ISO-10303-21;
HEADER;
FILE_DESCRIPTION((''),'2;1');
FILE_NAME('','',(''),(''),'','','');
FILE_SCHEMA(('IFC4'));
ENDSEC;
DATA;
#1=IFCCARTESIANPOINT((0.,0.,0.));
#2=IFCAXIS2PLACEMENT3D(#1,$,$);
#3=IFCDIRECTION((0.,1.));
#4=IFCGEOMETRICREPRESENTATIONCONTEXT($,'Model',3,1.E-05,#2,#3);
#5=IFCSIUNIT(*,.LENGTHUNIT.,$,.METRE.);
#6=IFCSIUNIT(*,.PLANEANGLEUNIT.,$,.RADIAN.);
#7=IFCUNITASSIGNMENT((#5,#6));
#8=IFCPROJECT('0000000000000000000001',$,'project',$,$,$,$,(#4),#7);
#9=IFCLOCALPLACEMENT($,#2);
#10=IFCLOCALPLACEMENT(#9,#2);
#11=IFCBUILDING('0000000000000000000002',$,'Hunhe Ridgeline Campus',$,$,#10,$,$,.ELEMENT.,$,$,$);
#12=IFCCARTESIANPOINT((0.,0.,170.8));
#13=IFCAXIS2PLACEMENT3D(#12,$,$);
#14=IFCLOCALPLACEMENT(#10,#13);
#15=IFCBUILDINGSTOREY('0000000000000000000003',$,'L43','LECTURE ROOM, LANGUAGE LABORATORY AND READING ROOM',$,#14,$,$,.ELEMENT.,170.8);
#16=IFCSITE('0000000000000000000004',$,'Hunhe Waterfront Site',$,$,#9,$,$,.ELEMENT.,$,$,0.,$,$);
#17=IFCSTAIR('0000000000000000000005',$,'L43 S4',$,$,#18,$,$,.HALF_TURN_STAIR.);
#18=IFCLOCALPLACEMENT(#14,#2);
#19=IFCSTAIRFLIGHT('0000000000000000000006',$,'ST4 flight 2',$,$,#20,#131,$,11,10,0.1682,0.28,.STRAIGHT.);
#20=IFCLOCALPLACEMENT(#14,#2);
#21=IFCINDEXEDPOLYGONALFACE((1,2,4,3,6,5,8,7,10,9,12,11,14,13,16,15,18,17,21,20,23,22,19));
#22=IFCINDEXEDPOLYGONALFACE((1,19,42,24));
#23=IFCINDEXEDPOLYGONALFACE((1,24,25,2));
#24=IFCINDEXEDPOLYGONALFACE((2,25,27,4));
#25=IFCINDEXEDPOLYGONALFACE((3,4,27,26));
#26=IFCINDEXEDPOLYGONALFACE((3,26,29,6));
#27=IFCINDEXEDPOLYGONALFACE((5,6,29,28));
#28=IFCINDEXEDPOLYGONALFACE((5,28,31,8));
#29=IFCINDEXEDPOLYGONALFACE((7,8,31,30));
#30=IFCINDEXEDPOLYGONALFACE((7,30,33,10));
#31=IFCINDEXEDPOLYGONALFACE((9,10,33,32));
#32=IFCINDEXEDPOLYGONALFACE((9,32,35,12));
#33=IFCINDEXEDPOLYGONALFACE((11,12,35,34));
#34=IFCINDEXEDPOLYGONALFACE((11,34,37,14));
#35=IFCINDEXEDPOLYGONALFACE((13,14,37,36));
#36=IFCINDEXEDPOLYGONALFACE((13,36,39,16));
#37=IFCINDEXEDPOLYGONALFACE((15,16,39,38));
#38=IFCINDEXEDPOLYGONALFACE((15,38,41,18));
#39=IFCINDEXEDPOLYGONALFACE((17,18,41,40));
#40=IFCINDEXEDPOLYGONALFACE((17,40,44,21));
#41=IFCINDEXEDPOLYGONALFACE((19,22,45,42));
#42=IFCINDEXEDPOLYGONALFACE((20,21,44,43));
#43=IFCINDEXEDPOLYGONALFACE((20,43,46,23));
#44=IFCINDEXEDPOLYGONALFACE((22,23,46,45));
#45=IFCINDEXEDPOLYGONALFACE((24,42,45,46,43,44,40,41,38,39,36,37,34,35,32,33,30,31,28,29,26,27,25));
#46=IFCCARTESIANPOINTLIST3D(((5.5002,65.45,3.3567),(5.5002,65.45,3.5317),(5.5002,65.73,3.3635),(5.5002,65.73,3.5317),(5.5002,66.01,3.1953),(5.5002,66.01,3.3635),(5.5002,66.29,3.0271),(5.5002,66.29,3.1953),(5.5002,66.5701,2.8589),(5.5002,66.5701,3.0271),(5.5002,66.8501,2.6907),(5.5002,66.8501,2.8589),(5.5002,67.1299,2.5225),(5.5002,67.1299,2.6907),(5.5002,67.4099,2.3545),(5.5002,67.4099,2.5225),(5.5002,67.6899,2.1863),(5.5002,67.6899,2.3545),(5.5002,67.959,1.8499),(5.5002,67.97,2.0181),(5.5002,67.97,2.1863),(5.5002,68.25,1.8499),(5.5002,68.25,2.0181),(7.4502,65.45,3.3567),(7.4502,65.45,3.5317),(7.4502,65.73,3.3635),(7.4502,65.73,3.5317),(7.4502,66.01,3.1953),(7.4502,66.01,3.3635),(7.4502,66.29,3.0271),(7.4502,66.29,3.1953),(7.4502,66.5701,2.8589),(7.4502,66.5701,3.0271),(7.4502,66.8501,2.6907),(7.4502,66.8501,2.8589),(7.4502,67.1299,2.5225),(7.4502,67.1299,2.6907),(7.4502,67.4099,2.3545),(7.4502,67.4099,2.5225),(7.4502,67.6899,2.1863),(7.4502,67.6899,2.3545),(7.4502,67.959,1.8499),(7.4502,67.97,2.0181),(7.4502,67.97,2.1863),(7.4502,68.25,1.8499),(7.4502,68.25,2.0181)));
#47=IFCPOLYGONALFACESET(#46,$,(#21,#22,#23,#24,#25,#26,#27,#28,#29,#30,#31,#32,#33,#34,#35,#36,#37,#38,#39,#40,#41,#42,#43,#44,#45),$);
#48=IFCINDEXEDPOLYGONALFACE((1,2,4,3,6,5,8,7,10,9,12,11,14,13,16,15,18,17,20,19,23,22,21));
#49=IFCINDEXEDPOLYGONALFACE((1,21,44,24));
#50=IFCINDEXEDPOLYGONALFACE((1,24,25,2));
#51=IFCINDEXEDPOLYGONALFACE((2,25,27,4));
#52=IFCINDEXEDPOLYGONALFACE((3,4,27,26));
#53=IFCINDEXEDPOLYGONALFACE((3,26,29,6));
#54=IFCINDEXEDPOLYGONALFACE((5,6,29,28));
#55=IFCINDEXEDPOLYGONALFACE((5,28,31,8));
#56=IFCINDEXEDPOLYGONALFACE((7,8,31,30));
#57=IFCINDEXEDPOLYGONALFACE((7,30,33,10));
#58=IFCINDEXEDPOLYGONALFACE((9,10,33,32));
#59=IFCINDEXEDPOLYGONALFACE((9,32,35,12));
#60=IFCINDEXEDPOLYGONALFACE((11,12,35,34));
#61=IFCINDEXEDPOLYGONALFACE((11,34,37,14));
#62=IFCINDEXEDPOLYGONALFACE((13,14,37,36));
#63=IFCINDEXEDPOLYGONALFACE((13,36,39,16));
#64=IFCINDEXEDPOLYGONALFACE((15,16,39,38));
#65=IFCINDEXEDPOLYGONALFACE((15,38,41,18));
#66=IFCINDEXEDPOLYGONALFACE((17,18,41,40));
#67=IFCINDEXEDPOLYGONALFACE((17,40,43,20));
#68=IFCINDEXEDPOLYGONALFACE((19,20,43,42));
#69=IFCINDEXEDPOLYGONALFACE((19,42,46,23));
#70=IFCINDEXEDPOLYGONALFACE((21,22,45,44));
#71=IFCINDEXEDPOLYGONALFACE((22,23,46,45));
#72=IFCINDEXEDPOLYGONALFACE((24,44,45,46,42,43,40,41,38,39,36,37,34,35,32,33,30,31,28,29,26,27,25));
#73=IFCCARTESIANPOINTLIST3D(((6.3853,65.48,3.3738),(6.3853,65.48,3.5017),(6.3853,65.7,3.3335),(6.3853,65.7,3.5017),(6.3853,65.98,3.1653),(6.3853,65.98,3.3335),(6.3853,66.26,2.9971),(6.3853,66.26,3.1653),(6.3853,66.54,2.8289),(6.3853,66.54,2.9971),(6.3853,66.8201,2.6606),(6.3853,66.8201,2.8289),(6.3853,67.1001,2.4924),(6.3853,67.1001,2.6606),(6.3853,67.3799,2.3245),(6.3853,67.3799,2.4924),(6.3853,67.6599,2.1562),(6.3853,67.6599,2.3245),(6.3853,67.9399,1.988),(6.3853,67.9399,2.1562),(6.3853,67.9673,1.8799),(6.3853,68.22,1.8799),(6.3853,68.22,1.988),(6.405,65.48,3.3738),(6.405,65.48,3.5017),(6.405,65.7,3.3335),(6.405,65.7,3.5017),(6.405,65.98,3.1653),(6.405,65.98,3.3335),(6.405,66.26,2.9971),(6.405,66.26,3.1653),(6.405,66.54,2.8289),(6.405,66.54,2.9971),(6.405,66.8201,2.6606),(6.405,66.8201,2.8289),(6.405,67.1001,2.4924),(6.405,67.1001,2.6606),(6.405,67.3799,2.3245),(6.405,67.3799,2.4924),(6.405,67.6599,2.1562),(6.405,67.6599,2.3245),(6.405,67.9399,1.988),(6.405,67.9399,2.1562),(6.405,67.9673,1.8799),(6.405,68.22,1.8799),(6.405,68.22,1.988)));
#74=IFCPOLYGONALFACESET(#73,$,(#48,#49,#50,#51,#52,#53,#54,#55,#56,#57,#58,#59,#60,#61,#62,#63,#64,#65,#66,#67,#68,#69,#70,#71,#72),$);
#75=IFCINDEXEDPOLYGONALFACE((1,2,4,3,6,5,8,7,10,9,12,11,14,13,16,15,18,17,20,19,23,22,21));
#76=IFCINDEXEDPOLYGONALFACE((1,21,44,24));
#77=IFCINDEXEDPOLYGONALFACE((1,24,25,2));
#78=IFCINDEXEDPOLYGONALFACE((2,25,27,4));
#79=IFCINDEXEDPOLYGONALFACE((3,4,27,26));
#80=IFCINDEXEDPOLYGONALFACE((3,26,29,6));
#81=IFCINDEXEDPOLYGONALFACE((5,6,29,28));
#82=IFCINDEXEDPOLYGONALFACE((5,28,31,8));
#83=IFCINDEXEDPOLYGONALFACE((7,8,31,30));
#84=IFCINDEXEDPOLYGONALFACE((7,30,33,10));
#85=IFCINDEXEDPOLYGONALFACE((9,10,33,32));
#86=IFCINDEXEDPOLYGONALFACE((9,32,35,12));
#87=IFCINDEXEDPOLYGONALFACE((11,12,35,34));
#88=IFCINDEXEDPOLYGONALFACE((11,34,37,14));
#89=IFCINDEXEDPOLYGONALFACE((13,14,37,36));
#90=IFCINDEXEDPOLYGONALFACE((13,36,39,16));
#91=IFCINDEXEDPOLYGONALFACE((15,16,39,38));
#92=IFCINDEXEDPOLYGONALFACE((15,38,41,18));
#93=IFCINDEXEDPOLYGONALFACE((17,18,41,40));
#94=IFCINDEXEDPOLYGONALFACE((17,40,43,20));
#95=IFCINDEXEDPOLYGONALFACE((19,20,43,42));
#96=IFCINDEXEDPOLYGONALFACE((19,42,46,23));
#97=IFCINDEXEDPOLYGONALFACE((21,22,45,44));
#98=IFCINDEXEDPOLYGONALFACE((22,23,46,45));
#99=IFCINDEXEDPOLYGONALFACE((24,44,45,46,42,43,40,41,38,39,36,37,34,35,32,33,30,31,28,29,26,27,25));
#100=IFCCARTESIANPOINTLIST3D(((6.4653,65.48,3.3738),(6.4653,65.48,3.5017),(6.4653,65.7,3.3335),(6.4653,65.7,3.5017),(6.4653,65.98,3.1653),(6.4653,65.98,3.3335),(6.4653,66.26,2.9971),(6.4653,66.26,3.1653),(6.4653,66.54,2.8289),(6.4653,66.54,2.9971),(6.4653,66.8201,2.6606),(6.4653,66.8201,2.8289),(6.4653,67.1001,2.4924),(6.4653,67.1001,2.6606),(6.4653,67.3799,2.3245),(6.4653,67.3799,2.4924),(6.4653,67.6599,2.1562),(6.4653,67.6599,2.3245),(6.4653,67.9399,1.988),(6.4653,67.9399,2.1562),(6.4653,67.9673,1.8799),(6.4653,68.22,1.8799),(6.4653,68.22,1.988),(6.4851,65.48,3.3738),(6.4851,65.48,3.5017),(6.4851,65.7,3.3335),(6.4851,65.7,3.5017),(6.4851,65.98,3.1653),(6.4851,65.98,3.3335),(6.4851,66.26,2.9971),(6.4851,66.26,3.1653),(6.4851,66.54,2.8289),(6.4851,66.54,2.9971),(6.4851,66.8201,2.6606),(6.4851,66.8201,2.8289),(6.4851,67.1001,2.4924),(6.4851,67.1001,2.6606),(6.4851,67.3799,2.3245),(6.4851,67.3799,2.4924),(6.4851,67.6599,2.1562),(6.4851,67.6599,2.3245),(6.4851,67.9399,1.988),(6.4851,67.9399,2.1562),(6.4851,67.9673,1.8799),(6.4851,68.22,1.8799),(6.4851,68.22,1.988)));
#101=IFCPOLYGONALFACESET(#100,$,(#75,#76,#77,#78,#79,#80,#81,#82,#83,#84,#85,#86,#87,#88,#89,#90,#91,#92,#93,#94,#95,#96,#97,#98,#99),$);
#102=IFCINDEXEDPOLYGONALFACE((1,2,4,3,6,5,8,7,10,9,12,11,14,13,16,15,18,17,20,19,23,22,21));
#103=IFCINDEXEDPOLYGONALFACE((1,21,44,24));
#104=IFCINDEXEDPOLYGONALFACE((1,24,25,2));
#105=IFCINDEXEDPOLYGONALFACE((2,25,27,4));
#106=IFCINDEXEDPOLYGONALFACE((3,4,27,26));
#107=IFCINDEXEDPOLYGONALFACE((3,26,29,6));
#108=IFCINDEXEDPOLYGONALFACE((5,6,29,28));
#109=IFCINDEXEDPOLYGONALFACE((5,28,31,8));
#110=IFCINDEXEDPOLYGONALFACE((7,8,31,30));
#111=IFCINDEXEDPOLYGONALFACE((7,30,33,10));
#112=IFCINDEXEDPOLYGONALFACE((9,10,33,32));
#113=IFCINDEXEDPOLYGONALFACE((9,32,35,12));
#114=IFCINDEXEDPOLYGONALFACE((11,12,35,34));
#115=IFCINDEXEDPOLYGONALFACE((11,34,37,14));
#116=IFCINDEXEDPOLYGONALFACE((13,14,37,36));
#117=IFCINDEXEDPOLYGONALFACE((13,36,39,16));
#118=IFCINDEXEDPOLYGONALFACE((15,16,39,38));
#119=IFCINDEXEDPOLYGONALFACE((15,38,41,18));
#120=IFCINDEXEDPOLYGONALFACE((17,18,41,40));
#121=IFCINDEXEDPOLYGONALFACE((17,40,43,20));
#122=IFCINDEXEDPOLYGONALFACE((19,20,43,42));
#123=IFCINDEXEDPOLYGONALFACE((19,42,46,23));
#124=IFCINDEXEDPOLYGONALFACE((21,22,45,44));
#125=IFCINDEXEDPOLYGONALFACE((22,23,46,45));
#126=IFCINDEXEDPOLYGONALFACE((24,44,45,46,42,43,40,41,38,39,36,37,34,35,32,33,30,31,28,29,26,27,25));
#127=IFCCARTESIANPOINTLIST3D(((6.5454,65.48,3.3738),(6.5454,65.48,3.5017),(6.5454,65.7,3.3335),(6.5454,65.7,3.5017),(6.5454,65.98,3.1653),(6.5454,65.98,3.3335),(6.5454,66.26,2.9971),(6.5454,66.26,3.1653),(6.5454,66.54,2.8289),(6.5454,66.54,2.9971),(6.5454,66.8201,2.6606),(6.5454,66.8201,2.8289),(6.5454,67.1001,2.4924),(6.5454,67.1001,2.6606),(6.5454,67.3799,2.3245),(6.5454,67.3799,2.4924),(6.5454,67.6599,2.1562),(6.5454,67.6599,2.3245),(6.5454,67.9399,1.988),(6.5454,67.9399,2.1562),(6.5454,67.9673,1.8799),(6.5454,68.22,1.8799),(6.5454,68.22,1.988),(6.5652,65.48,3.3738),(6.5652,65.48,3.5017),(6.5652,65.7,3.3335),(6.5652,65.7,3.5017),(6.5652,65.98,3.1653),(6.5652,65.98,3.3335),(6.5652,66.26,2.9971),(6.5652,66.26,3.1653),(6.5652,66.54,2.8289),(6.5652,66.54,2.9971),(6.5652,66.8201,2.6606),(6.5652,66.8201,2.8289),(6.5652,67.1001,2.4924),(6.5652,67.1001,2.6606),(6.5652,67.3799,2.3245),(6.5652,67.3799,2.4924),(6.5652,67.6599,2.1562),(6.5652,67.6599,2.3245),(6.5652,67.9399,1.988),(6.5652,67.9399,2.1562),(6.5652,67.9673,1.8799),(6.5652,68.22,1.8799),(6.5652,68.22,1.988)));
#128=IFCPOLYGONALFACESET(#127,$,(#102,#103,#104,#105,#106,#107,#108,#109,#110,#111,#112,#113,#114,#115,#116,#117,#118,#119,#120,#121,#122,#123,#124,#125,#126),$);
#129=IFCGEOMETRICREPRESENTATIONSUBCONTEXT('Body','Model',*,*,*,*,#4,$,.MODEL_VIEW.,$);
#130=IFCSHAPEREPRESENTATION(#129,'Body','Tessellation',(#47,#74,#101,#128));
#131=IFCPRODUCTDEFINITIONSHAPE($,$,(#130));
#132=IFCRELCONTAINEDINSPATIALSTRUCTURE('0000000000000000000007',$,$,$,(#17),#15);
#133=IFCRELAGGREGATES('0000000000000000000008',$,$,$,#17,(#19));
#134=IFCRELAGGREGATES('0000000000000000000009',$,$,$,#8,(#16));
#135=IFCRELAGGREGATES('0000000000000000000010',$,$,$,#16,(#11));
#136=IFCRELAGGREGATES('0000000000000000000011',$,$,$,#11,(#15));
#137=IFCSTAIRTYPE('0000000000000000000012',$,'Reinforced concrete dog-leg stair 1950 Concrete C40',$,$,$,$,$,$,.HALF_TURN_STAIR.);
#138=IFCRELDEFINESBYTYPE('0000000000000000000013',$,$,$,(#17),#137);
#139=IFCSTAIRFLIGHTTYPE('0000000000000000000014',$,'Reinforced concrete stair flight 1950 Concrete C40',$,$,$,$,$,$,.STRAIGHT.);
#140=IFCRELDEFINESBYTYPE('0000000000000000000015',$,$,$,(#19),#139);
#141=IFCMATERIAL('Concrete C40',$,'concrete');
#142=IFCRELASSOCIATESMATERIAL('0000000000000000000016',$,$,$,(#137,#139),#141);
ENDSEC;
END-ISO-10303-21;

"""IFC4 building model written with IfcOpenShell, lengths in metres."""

from ifc_helpers import new_model, si_unit, direction, frame, origin, place, context, subcontext, project, spatial, polyline, outline, extrude, material, type_object, element, aggregate, save


model = new_model("IFC4")

# Units and contexts
model_context = context("Model", 3, precision=1e-05, world=origin(), true_north=direction((0.0, 1.0)))
body_context = subcontext(model_context, "Body", "Model", "MODEL_VIEW")
ifc_project = project(units=[si_unit("LENGTHUNIT", "METRE"), si_unit("PLANEANGLEUNIT", "RADIAN")], contexts=[model_context])

# Site, building, storey
site_placement = place(None, origin())
site = spatial("IfcSite", under=ifc_project, at=site_placement, Name="Hunhe Waterfront Site", CompositionType="ELEMENT", RefElevation=0.0)
building_placement = place(site_placement, origin())
building = spatial("IfcBuilding", under=site, at=building_placement, Name="Hunhe Ridgeline Campus", CompositionType="ELEMENT")
storey_placement = place(building_placement, frame((0.0, 0.0, 170.8)))
storey = spatial("IfcBuildingStorey", under=building, at=storey_placement, Name="L43", Description="LECTURE ROOM, LANGUAGE LABORATORY AND READING ROOM", CompositionType="ELEMENT", Elevation=170.8)

# Stair, stair flight
ifc_material_1 = material(Name="Concrete C40", Category="concrete")
stair_type = type_object("IfcStairType", Name="Reinforced concrete dog-leg stair 1950 Concrete C40", PredefinedType="HALF_TURN_STAIR", material=ifc_material_1)
stair_flight_type = type_object("IfcStairFlightType", Name="Reinforced concrete stair flight 1950 Concrete C40", PredefinedType="STRAIGHT", material=ifc_material_1)
stair_1_placement = place(storey_placement, origin())
stair_1 = element("IfcStair", 1, at=stair_1_placement, inside=storey, type_object=stair_type, Name="L43 S4", PredefinedType="HALF_TURN_STAIR")
stair_flight_1_placement = place(storey_placement, frame((6.4751, 68.25, 1.8499), z_axis=(0.0, 0.0, 1.0), x_axis=(0.0, -1.0, 0.0)))
stair_flight_1 = element("IfcStairFlight", 2, at=stair_flight_1_placement, type_object=stair_flight_type, Name="ST4 flight 2", NumberOfRisers=11, NumberOfTreads=10, PredefinedType="STRAIGHT", RiserHeight=0.1682, TreadLength=0.28, context=body_context, shape_type="SweptSolid", body=[
    extrude(outline(polyline([(0.0, 0.0), (0.0, 0.1682), (0.28, 0.1682), (0.28, 0.3364), (0.5601, 0.3364), (0.5601, 0.5046), (0.8401, 0.5046), (0.8401, 0.6726), (1.1201, 0.6726), (1.1201, 0.8408), (1.3999, 0.8408), (1.3999, 1.009), (1.6799, 1.009), (1.6799, 1.1772), (1.96, 1.1772), (1.96, 1.3455), (2.24, 1.3455), (2.24, 1.5137), (2.52, 1.5137), (2.52, 1.6819), (2.8, 1.6819), (2.8, 1.8501), (2.8, 1.5068), (0.291, 0.0), (0.0, 0.0)])), frame((0.0, 0.9751, 0.0), z_axis=(0.0, -1.0, 0.0), x_axis=(1.0, 0.0, 0.0)), (0.0, 0.0, 1.0), 1.95),
    extrude(outline(polyline([(0.03, 0.03), (0.03, 0.1382), (0.3101, 0.1382), (0.3101, 0.3064), (0.5901, 0.3064), (0.5901, 0.4746), (0.8701, 0.4746), (0.8701, 0.6426), (1.1499, 0.6426), (1.1499, 0.8108), (1.4299, 0.8108), (1.4299, 0.979), (1.71, 0.979), (1.71, 1.1472), (1.99, 1.1472), (1.99, 1.3154), (2.27, 1.3154), (2.27, 1.4836), (2.55, 1.4836), (2.55, 1.6519), (2.77, 1.6519), (2.77, 1.5239), (0.2827, 0.03), (0.03, 0.03)])), frame((0.0, -0.0701, 0.0), z_axis=(0.0, -1.0, 0.0), x_axis=(1.0, 0.0, 0.0)), (0.0, 0.0, 1.0), 0.0198),
    extrude(outline(polyline([(0.03, 0.03), (0.03, 0.1382), (0.3101, 0.1382), (0.3101, 0.3064), (0.5901, 0.3064), (0.5901, 0.4746), (0.8701, 0.4746), (0.8701, 0.6426), (1.1499, 0.6426), (1.1499, 0.8108), (1.4299, 0.8108), (1.4299, 0.979), (1.71, 0.979), (1.71, 1.1472), (1.99, 1.1472), (1.99, 1.3154), (2.27, 1.3154), (2.27, 1.4836), (2.55, 1.4836), (2.55, 1.6519), (2.77, 1.6519), (2.77, 1.5239), (0.2827, 0.03), (0.03, 0.03)])), frame((0.0, 0.01, 0.0), z_axis=(0.0, -1.0, 0.0), x_axis=(1.0, 0.0, 0.0)), (0.0, 0.0, 1.0), 0.0198),
    extrude(outline(polyline([(0.03, 0.03), (0.03, 0.1382), (0.3101, 0.1382), (0.3101, 0.3064), (0.5901, 0.3064), (0.5901, 0.4746), (0.8701, 0.4746), (0.8701, 0.6426), (1.1499, 0.6426), (1.1499, 0.8108), (1.4299, 0.8108), (1.4299, 0.979), (1.71, 0.979), (1.71, 1.1472), (1.99, 1.1472), (1.99, 1.3154), (2.27, 1.3154), (2.27, 1.4836), (2.55, 1.4836), (2.55, 1.6519), (2.77, 1.6519), (2.77, 1.5239), (0.2827, 0.03), (0.03, 0.03)])), frame((0.0, 0.0901, 0.0), z_axis=(0.0, -1.0, 0.0), x_axis=(1.0, 0.0, 0.0)), (0.0, 0.0, 1.0), 0.0198),
])
aggregate(stair_1, [stair_flight_1])

save(model, "model.ifc")
